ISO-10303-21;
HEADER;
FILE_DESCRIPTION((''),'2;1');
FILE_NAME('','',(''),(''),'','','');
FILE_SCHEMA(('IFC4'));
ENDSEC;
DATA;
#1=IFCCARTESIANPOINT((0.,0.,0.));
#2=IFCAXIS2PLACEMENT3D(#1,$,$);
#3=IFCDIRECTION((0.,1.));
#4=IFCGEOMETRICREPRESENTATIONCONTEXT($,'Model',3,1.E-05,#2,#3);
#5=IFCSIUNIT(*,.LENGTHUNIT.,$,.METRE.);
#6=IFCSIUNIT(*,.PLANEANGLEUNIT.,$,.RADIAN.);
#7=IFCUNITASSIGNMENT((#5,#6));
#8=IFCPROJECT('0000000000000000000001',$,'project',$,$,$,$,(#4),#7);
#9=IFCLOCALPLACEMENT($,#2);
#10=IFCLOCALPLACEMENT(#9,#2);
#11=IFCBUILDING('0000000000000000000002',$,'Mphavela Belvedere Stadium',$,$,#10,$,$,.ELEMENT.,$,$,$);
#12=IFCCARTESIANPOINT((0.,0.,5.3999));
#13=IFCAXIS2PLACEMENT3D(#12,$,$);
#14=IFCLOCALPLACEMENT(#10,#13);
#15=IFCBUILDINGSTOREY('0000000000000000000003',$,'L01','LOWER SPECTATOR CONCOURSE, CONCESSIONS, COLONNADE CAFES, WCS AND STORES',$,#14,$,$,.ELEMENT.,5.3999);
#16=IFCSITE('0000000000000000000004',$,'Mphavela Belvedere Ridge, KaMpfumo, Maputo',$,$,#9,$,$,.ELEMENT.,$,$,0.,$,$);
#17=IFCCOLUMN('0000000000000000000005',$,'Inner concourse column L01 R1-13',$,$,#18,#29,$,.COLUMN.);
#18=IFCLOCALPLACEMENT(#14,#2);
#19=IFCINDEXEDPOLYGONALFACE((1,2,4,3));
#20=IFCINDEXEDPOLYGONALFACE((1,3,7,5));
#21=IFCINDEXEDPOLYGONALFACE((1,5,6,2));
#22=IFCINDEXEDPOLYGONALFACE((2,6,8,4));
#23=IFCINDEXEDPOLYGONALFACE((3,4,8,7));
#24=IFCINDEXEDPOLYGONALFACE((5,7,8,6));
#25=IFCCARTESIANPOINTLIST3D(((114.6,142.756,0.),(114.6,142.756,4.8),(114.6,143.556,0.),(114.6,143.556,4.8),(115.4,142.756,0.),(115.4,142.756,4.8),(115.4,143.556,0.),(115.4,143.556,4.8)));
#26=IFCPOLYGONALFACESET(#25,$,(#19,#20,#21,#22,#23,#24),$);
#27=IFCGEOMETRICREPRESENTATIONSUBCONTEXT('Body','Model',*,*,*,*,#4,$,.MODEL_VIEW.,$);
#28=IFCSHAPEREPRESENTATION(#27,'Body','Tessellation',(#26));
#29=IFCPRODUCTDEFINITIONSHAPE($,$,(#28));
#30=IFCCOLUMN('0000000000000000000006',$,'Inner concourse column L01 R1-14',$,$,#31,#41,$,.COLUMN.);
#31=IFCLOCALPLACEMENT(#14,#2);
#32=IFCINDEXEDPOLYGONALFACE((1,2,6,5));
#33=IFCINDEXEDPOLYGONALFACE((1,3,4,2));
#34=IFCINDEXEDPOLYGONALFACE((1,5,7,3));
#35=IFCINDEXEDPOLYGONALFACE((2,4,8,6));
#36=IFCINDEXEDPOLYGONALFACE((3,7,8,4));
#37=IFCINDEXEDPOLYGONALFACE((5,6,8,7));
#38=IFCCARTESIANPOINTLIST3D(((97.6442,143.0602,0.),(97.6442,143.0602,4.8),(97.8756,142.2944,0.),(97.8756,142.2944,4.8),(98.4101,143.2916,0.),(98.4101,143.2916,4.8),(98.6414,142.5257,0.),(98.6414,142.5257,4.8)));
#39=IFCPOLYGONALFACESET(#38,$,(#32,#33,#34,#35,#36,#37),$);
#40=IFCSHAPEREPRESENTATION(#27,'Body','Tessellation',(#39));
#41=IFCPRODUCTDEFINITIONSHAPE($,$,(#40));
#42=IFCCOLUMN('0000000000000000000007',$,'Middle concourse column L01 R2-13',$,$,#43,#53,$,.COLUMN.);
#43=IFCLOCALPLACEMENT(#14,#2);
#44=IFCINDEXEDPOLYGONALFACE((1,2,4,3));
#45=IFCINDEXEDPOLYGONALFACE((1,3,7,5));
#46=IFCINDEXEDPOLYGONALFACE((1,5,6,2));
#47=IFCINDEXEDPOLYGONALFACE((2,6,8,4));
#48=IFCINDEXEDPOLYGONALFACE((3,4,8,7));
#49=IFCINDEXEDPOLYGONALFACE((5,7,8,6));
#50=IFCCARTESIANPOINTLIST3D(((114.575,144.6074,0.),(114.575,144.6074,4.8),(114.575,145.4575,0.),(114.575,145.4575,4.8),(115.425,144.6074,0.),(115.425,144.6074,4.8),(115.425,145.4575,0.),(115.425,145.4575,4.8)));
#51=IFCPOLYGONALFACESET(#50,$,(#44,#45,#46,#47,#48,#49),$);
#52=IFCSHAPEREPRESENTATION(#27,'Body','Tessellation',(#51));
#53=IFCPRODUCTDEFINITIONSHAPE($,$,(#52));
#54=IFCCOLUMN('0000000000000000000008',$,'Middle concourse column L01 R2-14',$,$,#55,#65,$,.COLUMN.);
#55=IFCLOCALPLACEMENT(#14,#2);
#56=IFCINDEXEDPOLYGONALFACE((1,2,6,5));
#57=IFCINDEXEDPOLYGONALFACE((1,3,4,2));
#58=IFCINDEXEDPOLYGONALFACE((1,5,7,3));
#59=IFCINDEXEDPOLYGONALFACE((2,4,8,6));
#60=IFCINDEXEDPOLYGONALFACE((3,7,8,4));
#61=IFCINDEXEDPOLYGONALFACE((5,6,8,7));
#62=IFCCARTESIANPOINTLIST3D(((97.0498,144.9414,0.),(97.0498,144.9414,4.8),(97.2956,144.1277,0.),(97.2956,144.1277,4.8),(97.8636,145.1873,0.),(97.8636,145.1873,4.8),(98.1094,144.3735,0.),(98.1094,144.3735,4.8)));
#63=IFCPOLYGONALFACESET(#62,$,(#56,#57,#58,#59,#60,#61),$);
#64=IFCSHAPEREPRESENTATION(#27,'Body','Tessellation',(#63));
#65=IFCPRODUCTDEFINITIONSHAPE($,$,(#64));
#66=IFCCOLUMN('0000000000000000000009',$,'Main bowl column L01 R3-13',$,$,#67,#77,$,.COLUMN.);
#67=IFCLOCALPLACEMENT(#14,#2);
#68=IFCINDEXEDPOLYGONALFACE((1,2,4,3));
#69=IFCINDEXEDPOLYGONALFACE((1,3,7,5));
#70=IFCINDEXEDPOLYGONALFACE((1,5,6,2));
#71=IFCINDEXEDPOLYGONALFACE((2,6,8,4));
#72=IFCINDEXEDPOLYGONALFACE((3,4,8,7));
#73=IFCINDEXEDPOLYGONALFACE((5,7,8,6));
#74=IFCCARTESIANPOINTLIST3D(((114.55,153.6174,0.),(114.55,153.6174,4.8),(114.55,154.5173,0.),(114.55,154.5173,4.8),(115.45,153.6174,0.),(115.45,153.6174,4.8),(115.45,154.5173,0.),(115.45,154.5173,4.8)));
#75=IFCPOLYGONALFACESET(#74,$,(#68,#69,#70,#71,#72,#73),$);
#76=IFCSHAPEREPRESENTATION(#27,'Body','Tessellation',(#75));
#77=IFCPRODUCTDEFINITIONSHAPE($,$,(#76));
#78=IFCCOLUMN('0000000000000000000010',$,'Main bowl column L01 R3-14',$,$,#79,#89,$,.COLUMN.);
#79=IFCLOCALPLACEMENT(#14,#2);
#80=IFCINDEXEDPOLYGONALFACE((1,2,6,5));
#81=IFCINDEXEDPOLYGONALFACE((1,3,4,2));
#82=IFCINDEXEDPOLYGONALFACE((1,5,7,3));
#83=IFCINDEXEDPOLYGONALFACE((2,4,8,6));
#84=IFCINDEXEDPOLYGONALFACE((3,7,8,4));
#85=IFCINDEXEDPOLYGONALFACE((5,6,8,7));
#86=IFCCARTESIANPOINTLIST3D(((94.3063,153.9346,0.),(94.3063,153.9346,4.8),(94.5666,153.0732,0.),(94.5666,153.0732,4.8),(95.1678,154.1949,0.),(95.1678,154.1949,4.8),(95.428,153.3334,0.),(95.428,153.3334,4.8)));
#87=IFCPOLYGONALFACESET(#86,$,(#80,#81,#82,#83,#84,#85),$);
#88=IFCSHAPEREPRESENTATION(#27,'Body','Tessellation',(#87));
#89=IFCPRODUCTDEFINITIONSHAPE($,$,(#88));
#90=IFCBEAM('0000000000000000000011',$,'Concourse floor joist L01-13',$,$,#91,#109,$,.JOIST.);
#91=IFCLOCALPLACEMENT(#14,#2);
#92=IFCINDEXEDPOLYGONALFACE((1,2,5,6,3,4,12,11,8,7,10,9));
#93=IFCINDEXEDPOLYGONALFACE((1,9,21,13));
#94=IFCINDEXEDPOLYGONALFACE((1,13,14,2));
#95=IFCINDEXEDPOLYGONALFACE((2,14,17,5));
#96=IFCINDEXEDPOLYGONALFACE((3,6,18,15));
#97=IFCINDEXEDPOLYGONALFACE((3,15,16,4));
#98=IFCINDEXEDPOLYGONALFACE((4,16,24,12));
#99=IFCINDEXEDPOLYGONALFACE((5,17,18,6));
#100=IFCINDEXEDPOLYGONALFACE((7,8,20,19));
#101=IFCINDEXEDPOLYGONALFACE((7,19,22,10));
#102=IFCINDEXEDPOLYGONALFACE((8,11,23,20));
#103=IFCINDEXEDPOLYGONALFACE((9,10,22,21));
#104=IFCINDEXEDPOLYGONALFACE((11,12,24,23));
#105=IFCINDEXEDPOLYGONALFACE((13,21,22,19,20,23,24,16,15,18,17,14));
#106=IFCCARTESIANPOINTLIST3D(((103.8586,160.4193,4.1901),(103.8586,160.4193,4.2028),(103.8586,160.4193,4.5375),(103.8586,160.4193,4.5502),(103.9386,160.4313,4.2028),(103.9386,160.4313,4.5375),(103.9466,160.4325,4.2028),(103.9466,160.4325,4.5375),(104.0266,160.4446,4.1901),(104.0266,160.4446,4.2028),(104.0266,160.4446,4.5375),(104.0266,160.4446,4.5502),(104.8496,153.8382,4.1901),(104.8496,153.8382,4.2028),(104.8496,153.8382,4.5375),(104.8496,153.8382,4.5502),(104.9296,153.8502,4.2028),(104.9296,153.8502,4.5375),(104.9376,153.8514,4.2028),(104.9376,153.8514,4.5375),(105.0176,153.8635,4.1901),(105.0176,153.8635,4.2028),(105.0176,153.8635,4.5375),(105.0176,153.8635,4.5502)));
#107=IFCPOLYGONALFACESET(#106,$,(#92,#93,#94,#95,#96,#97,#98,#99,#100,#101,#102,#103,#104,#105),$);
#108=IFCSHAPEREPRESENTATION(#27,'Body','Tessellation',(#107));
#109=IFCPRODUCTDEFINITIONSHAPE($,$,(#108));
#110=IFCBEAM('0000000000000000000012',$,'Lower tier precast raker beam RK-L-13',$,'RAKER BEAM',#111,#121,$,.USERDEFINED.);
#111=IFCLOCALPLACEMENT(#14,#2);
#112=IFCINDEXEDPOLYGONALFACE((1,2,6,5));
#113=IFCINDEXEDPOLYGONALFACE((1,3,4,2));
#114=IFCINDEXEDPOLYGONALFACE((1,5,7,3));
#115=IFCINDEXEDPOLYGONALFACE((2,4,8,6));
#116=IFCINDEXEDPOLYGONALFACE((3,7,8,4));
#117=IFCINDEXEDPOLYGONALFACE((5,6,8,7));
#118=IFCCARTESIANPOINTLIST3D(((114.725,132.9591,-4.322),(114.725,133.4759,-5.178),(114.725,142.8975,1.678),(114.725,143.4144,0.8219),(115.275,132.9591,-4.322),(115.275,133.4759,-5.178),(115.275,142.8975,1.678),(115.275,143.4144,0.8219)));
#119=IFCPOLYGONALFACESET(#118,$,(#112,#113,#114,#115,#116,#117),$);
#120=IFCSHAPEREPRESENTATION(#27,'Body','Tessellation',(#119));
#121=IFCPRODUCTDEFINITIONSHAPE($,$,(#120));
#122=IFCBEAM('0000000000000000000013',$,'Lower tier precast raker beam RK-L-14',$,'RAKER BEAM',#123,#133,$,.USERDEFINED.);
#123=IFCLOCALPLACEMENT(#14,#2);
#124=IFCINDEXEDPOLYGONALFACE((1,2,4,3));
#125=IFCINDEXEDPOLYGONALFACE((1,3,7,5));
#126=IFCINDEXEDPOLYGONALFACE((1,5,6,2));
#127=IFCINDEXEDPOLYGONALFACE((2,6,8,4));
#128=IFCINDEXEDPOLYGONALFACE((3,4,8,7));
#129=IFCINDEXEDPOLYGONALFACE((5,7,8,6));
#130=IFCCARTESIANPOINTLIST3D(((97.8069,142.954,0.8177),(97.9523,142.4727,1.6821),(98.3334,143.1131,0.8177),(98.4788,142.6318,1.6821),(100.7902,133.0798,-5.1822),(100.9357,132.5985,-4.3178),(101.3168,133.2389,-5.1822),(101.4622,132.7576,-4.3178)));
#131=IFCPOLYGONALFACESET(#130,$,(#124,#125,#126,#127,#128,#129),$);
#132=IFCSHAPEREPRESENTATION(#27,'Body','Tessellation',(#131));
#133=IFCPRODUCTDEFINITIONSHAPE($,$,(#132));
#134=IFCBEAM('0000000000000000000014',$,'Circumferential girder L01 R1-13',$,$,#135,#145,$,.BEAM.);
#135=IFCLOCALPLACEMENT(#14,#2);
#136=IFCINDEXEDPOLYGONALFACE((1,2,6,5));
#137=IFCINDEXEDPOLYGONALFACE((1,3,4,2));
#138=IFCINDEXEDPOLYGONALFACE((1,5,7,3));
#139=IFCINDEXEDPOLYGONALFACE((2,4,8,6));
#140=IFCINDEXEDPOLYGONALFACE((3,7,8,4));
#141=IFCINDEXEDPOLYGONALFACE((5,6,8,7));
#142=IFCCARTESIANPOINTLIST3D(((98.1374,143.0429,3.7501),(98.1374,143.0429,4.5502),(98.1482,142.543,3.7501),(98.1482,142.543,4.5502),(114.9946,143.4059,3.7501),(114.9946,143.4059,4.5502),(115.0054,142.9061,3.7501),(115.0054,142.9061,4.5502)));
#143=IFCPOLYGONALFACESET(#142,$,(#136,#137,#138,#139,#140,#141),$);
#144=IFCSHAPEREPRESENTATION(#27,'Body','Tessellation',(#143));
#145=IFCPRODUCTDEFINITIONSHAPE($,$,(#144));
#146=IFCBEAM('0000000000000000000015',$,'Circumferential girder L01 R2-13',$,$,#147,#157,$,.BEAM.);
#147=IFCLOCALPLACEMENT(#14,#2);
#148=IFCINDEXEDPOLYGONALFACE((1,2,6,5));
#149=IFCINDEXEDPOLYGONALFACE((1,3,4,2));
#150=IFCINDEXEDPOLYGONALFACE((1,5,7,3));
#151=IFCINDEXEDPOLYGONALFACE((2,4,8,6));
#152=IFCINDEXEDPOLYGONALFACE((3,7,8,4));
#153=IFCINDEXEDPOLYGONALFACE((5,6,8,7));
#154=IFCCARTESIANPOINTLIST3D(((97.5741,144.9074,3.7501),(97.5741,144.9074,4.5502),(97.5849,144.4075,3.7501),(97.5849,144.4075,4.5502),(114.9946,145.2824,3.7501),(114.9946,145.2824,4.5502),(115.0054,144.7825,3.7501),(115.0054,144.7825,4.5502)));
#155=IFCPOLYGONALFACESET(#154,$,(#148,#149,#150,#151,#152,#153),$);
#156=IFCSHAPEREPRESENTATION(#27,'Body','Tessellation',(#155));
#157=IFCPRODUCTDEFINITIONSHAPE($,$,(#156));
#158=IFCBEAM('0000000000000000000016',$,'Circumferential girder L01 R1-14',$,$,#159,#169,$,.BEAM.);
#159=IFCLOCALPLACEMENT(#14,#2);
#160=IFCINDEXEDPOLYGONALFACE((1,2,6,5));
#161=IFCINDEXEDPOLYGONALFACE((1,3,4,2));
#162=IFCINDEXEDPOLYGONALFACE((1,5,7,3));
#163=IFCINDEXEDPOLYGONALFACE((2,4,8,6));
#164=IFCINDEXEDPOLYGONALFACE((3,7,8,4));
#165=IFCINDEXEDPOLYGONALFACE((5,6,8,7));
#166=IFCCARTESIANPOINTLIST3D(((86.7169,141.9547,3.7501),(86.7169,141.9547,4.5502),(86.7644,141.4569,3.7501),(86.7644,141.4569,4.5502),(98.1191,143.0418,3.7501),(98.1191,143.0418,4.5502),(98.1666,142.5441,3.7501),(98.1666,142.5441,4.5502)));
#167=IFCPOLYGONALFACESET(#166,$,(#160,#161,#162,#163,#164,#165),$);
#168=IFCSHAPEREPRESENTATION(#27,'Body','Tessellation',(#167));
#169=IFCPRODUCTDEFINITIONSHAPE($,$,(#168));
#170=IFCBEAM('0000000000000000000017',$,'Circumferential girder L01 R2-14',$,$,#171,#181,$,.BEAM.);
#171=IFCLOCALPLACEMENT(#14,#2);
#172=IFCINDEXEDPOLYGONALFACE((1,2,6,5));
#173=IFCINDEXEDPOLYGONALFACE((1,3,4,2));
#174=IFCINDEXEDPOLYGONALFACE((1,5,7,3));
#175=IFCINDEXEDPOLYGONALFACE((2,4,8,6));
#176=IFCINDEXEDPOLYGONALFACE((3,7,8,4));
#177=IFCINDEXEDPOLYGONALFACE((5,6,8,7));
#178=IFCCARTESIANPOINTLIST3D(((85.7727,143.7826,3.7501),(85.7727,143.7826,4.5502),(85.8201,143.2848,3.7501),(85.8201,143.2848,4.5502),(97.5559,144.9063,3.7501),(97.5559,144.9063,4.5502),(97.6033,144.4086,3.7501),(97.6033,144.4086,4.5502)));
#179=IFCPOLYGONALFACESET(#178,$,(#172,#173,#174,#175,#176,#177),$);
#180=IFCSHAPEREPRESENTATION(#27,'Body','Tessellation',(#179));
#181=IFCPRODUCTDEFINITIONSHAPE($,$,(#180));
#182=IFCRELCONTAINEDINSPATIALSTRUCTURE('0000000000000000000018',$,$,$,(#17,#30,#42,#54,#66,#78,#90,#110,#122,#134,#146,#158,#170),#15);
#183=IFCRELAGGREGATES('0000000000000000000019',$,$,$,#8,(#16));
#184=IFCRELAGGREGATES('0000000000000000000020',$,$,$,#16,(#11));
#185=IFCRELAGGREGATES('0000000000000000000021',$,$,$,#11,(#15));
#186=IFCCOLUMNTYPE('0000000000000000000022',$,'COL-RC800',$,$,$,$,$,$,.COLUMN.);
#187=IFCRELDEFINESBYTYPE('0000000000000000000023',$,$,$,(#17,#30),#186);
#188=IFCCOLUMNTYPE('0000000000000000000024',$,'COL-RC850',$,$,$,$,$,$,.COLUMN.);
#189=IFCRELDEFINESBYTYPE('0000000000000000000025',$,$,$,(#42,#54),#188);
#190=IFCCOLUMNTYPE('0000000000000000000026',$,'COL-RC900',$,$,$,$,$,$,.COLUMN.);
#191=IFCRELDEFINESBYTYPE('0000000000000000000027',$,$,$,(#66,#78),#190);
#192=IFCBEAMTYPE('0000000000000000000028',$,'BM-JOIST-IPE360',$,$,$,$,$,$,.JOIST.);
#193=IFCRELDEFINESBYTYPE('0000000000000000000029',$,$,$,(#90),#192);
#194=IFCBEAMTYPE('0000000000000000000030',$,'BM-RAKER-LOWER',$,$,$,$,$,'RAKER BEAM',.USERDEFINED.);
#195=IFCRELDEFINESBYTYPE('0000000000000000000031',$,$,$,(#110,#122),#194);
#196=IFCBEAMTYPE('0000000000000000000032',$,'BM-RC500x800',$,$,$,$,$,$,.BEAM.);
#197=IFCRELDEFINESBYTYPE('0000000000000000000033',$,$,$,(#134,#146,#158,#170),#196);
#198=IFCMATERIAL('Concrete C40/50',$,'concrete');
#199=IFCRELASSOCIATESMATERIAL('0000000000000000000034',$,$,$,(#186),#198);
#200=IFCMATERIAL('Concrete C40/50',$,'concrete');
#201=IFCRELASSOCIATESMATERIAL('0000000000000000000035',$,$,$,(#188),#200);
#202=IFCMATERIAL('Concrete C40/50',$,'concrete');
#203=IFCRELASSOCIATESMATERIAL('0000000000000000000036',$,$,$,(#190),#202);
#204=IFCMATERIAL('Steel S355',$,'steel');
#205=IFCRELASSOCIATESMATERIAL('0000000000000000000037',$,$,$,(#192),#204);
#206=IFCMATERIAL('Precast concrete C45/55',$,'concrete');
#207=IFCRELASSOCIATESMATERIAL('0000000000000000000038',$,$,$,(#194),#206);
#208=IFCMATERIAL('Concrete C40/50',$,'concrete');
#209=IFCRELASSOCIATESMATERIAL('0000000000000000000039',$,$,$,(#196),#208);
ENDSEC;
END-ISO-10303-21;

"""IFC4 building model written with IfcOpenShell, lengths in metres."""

from ifc_helpers import new_model, si_unit, direction, frame, origin, origin_2d, place, context, subcontext, project, spatial, rectangle, i_section, extrude, material, material_profile, profile_set, type_object, element, save


model = new_model("IFC4")

# Units and contexts
model_context = context("Model", 3, precision=1e-05, world=origin(), true_north=direction((0.0, 1.0)))
body_context = subcontext(model_context, "Body", "Model", "MODEL_VIEW")
ifc_project = project(units=[si_unit("LENGTHUNIT", "METRE"), si_unit("PLANEANGLEUNIT", "RADIAN")], contexts=[model_context])

# Site, building, storey
site_placement = place(None, origin())
site = spatial("IfcSite", under=ifc_project, at=site_placement, Name="Mphavela Belvedere Ridge, KaMpfumo, Maputo", CompositionType="ELEMENT", RefElevation=0.0)
building_placement = place(site_placement, origin())
building = spatial("IfcBuilding", under=site, at=building_placement, Name="Mphavela Belvedere Stadium", CompositionType="ELEMENT")
storey_placement = place(building_placement, frame((0.0, 0.0, 5.3999)))
storey = spatial("IfcBuildingStorey", under=building, at=storey_placement, Name="L01", Description="LOWER SPECTATOR CONCOURSE, CONCESSIONS, COLONNADE CAFES, WCS AND STORES", CompositionType="ELEMENT", Elevation=5.3999)

# Columns
ifc_material_1 = material(Name="Concrete C40/50", Category="concrete")
ifc_material_profile_1 = material_profile(ifc_material_1, rectangle(XDim=0.8, YDim=0.8, at=origin_2d()), Name="RC 800x800")
ifc_profile_set_1 = profile_set([ifc_material_profile_1], Name="Concrete C40/50")
column_type_1 = type_object("IfcColumnType", Name="COL-RC800", PredefinedType="COLUMN", material=ifc_profile_set_1)
for number, where, z_axis, x_axis, name in (
    (1, (115.0, 143.156, 0.0), (0.0, 0.0, 1.0), (0.0, 1.0, 0.0), "Inner concourse column L01 R1-13"),
    (2, (98.1428, 142.793, 0.0), (0.0, 0.0, 1.0), (-0.289199, 0.957269, 0.0), "Inner concourse column L01 R1-14"),
):
    element("IfcColumn", number, at=place(storey_placement, frame(where, z_axis=z_axis, x_axis=x_axis)), inside=storey, type_object=column_type_1, Name=name, PredefinedType="COLUMN", context=body_context, shape_type="SweptSolid", body=[
        extrude(rectangle(XDim=0.8, YDim=0.8, at=origin_2d()), origin(), (0.0, 0.0, 1.0), 4.8),
    ])
ifc_material_2 = material(Name="Concrete C40/50", Category="concrete")
ifc_material_profile_2 = material_profile(ifc_material_2, rectangle(XDim=0.8501, YDim=0.8501, at=origin_2d()), Name="RC 850x850")
ifc_profile_set_2 = profile_set([ifc_material_profile_2], Name="Concrete C40/50")
column_type_2 = type_object("IfcColumnType", Name="COL-RC850", PredefinedType="COLUMN", material=ifc_profile_set_2)
for number, where, z_axis, x_axis, name in (
    (3, (115.0, 145.0325, 0.0), (0.0, 0.0, 1.0), (0.0, 1.0, 0.0), "Middle concourse column L01 R2-13"),
    (4, (97.5796, 144.6575, 0.0), (0.0, 0.0, 1.0), (-0.289199, 0.957269, 0.0), "Middle concourse column L01 R2-14"),
):
    element("IfcColumn", number, at=place(storey_placement, frame(where, z_axis=z_axis, x_axis=x_axis)), inside=storey, type_object=column_type_2, Name=name, PredefinedType="COLUMN", context=body_context, shape_type="SweptSolid", body=[
        extrude(rectangle(XDim=0.8501, YDim=0.8501, at=origin_2d()), origin(), (0.0, 0.0, 1.0), 4.8),
    ])
ifc_material_3 = material(Name="Concrete C40/50", Category="concrete")
ifc_material_profile_3 = material_profile(ifc_material_3, rectangle(XDim=0.8999, YDim=0.8999, at=origin_2d()), Name="RC 900x900")
ifc_profile_set_3 = profile_set([ifc_material_profile_3], Name="Concrete C40/50")
column_type_3 = type_object("IfcColumnType", Name="COL-RC900", PredefinedType="COLUMN", material=ifc_profile_set_3)
for number, where, z_axis, x_axis, name in (
    (5, (115.0, 154.0674, 0.0), (0.0, 0.0, 1.0), (0.0, 1.0, 0.0), "Main bowl column L01 R3-13"),
    (6, (94.8672, 153.634, 0.0), (0.0, 0.0, 1.0), (-0.289199, 0.957269, 0.0), "Main bowl column L01 R3-14"),
):
    element("IfcColumn", number, at=place(storey_placement, frame(where, z_axis=z_axis, x_axis=x_axis)), inside=storey, type_object=column_type_3, Name=name, PredefinedType="COLUMN", context=body_context, shape_type="SweptSolid", body=[
        extrude(rectangle(XDim=0.8999, YDim=0.8999, at=origin_2d()), origin(), (0.0, 0.0, 1.0), 4.8),
    ])

# Beams
ifc_material_4 = material(Name="Steel S355", Category="steel")
ifc_material_profile_4 = material_profile(ifc_material_4, i_section(OverallWidth=0.1699, OverallDepth=0.3601, WebThickness=0.0081, FlangeThickness=0.0127, at=origin_2d()), Name="IPE 360")
ifc_profile_set_4 = profile_set([ifc_material_profile_4], Name="Steel S355")
beam_type_1 = type_object("IfcBeamType", Name="BM-JOIST-IPE360", PredefinedType="JOIST", material=ifc_profile_set_4)
beam_1_placement = place(storey_placement, frame((104.9336, 153.8508, 4.3701), z_axis=(-0.1489, 0.988852, 0.0), x_axis=(-0.988852, -0.1489, 0.0)))
element("IfcBeam", 7, at=beam_1_placement, inside=storey, type_object=beam_type_1, Name="Concourse floor joist L01-13", PredefinedType="JOIST", context=body_context, shape_type="SweptSolid", body=[
    extrude(i_section(OverallWidth=0.1699, OverallDepth=0.3601, WebThickness=0.0081, FlangeThickness=0.0127, at=origin_2d()), origin(), (0.0, 0.0, 1.0), 6.6553),
])
ifc_material_5 = material(Name="Precast concrete C45/55", Category="concrete")
ifc_material_profile_5 = material_profile(ifc_material_5, rectangle(XDim=0.55, YDim=1.0, at=origin_2d()), Name="PC 550x1000")
ifc_profile_set_5 = profile_set([ifc_material_profile_5], Name="Precast concrete C45/55")
beam_type_2 = type_object("IfcBeamType", Name="BM-RAKER-LOWER", ElementType="RAKER BEAM", PredefinedType="USERDEFINED", material=ifc_profile_set_5)
beam_2_placement = place(storey_placement, frame((115.0, 133.2175, -4.75), z_axis=(0.0, 0.856087, 0.516832), x_axis=(-1.0, 0.0, 0.0)))
element("IfcBeam", 8, at=beam_2_placement, inside=storey, type_object=beam_type_2, Name="Lower tier precast raker beam RK-L-13", ObjectType="RAKER BEAM", PredefinedType="USERDEFINED", context=body_context, shape_type="SweptSolid", body=[
    extrude(rectangle(XDim=0.55, YDim=1.0, at=origin_2d()), origin(), (0.0, 0.0, 1.0), 11.6091),
])
beam_3_placement = place(storey_placement, frame((101.1262, 132.9187, -4.75), z_axis=(-0.250008, 0.82746, 0.502798), x_axis=(-0.957261, -0.289226, 0.0)))
element("IfcBeam", 9, at=beam_3_placement, inside=storey, type_object=beam_type_2, Name="Lower tier precast raker beam RK-L-14", ObjectType="RAKER BEAM", PredefinedType="USERDEFINED", context=body_context, shape_type="SweptSolid", body=[
    extrude(rectangle(XDim=0.55, YDim=1.0, at=origin_2d()), origin(), (0.0, 0.0, 1.0), 11.9331),
])
ifc_material_6 = material(Name="Concrete C40/50", Category="concrete")
ifc_material_profile_6 = material_profile(ifc_material_6, rectangle(XDim=0.5, YDim=0.8, at=origin_2d()), Name="RC 500x800")
ifc_profile_set_6 = profile_set([ifc_material_profile_6], Name="Concrete C40/50")
beam_type_3 = type_object("IfcBeamType", Name="BM-RC500x800", PredefinedType="BEAM", material=ifc_profile_set_6)
beam_4_placement = place(storey_placement, frame((115.0, 143.156, 4.1501), z_axis=(-0.999768, -0.021531, 0.0), x_axis=(0.021531, -0.999768, 0.0)))
element("IfcBeam", 10, at=beam_4_placement, inside=storey, type_object=beam_type_3, Name="Circumferential girder L01 R1-13", PredefinedType="BEAM", context=body_context, shape_type="SweptSolid", body=[
    extrude(rectangle(XDim=0.5, YDim=0.8, at=origin_2d()), origin(), (0.0, 0.0, 1.0), 16.8611),
])
beam_5_placement = place(storey_placement, frame((115.0, 145.0325, 4.1501), z_axis=(-0.999768, -0.021521, 0.0), x_axis=(0.021521, -0.999768, 0.0)))
element("IfcBeam", 11, at=beam_5_placement, inside=storey, type_object=beam_type_3, Name="Circumferential girder L01 R2-13", PredefinedType="BEAM", context=body_context, shape_type="SweptSolid", body=[
    extrude(rectangle(XDim=0.5, YDim=0.8, at=origin_2d()), origin(), (0.0, 0.0, 1.0), 17.4246),
])
beam_6_placement = place(storey_placement, frame((98.1428, 142.793, 4.1501), z_axis=(-0.995485, -0.094917, 0.0), x_axis=(0.094917, -0.995485, 0.0)))
element("IfcBeam", 12, at=beam_6_placement, inside=storey, type_object=beam_type_3, Name="Circumferential girder L01 R1-14", PredefinedType="BEAM", context=body_context, shape_type="SweptSolid", body=[
    extrude(rectangle(XDim=0.5, YDim=0.8, at=origin_2d()), origin(), (0.0, 0.0, 1.0), 11.4539),
])
beam_7_placement = place(storey_placement, frame((97.5796, 144.6575, 4.1501), z_axis=(-0.995483, -0.09494, 0.0), x_axis=(0.09494, -0.995483, 0.0)))
element("IfcBeam", 13, at=beam_7_placement, inside=storey, type_object=beam_type_3, Name="Circumferential girder L01 R2-14", PredefinedType="BEAM", context=body_context, shape_type="SweptSolid", body=[
    extrude(rectangle(XDim=0.5, YDim=0.8, at=origin_2d()), origin(), (0.0, 0.0, 1.0), 11.8367),
])

save(model, "model.ifc")
